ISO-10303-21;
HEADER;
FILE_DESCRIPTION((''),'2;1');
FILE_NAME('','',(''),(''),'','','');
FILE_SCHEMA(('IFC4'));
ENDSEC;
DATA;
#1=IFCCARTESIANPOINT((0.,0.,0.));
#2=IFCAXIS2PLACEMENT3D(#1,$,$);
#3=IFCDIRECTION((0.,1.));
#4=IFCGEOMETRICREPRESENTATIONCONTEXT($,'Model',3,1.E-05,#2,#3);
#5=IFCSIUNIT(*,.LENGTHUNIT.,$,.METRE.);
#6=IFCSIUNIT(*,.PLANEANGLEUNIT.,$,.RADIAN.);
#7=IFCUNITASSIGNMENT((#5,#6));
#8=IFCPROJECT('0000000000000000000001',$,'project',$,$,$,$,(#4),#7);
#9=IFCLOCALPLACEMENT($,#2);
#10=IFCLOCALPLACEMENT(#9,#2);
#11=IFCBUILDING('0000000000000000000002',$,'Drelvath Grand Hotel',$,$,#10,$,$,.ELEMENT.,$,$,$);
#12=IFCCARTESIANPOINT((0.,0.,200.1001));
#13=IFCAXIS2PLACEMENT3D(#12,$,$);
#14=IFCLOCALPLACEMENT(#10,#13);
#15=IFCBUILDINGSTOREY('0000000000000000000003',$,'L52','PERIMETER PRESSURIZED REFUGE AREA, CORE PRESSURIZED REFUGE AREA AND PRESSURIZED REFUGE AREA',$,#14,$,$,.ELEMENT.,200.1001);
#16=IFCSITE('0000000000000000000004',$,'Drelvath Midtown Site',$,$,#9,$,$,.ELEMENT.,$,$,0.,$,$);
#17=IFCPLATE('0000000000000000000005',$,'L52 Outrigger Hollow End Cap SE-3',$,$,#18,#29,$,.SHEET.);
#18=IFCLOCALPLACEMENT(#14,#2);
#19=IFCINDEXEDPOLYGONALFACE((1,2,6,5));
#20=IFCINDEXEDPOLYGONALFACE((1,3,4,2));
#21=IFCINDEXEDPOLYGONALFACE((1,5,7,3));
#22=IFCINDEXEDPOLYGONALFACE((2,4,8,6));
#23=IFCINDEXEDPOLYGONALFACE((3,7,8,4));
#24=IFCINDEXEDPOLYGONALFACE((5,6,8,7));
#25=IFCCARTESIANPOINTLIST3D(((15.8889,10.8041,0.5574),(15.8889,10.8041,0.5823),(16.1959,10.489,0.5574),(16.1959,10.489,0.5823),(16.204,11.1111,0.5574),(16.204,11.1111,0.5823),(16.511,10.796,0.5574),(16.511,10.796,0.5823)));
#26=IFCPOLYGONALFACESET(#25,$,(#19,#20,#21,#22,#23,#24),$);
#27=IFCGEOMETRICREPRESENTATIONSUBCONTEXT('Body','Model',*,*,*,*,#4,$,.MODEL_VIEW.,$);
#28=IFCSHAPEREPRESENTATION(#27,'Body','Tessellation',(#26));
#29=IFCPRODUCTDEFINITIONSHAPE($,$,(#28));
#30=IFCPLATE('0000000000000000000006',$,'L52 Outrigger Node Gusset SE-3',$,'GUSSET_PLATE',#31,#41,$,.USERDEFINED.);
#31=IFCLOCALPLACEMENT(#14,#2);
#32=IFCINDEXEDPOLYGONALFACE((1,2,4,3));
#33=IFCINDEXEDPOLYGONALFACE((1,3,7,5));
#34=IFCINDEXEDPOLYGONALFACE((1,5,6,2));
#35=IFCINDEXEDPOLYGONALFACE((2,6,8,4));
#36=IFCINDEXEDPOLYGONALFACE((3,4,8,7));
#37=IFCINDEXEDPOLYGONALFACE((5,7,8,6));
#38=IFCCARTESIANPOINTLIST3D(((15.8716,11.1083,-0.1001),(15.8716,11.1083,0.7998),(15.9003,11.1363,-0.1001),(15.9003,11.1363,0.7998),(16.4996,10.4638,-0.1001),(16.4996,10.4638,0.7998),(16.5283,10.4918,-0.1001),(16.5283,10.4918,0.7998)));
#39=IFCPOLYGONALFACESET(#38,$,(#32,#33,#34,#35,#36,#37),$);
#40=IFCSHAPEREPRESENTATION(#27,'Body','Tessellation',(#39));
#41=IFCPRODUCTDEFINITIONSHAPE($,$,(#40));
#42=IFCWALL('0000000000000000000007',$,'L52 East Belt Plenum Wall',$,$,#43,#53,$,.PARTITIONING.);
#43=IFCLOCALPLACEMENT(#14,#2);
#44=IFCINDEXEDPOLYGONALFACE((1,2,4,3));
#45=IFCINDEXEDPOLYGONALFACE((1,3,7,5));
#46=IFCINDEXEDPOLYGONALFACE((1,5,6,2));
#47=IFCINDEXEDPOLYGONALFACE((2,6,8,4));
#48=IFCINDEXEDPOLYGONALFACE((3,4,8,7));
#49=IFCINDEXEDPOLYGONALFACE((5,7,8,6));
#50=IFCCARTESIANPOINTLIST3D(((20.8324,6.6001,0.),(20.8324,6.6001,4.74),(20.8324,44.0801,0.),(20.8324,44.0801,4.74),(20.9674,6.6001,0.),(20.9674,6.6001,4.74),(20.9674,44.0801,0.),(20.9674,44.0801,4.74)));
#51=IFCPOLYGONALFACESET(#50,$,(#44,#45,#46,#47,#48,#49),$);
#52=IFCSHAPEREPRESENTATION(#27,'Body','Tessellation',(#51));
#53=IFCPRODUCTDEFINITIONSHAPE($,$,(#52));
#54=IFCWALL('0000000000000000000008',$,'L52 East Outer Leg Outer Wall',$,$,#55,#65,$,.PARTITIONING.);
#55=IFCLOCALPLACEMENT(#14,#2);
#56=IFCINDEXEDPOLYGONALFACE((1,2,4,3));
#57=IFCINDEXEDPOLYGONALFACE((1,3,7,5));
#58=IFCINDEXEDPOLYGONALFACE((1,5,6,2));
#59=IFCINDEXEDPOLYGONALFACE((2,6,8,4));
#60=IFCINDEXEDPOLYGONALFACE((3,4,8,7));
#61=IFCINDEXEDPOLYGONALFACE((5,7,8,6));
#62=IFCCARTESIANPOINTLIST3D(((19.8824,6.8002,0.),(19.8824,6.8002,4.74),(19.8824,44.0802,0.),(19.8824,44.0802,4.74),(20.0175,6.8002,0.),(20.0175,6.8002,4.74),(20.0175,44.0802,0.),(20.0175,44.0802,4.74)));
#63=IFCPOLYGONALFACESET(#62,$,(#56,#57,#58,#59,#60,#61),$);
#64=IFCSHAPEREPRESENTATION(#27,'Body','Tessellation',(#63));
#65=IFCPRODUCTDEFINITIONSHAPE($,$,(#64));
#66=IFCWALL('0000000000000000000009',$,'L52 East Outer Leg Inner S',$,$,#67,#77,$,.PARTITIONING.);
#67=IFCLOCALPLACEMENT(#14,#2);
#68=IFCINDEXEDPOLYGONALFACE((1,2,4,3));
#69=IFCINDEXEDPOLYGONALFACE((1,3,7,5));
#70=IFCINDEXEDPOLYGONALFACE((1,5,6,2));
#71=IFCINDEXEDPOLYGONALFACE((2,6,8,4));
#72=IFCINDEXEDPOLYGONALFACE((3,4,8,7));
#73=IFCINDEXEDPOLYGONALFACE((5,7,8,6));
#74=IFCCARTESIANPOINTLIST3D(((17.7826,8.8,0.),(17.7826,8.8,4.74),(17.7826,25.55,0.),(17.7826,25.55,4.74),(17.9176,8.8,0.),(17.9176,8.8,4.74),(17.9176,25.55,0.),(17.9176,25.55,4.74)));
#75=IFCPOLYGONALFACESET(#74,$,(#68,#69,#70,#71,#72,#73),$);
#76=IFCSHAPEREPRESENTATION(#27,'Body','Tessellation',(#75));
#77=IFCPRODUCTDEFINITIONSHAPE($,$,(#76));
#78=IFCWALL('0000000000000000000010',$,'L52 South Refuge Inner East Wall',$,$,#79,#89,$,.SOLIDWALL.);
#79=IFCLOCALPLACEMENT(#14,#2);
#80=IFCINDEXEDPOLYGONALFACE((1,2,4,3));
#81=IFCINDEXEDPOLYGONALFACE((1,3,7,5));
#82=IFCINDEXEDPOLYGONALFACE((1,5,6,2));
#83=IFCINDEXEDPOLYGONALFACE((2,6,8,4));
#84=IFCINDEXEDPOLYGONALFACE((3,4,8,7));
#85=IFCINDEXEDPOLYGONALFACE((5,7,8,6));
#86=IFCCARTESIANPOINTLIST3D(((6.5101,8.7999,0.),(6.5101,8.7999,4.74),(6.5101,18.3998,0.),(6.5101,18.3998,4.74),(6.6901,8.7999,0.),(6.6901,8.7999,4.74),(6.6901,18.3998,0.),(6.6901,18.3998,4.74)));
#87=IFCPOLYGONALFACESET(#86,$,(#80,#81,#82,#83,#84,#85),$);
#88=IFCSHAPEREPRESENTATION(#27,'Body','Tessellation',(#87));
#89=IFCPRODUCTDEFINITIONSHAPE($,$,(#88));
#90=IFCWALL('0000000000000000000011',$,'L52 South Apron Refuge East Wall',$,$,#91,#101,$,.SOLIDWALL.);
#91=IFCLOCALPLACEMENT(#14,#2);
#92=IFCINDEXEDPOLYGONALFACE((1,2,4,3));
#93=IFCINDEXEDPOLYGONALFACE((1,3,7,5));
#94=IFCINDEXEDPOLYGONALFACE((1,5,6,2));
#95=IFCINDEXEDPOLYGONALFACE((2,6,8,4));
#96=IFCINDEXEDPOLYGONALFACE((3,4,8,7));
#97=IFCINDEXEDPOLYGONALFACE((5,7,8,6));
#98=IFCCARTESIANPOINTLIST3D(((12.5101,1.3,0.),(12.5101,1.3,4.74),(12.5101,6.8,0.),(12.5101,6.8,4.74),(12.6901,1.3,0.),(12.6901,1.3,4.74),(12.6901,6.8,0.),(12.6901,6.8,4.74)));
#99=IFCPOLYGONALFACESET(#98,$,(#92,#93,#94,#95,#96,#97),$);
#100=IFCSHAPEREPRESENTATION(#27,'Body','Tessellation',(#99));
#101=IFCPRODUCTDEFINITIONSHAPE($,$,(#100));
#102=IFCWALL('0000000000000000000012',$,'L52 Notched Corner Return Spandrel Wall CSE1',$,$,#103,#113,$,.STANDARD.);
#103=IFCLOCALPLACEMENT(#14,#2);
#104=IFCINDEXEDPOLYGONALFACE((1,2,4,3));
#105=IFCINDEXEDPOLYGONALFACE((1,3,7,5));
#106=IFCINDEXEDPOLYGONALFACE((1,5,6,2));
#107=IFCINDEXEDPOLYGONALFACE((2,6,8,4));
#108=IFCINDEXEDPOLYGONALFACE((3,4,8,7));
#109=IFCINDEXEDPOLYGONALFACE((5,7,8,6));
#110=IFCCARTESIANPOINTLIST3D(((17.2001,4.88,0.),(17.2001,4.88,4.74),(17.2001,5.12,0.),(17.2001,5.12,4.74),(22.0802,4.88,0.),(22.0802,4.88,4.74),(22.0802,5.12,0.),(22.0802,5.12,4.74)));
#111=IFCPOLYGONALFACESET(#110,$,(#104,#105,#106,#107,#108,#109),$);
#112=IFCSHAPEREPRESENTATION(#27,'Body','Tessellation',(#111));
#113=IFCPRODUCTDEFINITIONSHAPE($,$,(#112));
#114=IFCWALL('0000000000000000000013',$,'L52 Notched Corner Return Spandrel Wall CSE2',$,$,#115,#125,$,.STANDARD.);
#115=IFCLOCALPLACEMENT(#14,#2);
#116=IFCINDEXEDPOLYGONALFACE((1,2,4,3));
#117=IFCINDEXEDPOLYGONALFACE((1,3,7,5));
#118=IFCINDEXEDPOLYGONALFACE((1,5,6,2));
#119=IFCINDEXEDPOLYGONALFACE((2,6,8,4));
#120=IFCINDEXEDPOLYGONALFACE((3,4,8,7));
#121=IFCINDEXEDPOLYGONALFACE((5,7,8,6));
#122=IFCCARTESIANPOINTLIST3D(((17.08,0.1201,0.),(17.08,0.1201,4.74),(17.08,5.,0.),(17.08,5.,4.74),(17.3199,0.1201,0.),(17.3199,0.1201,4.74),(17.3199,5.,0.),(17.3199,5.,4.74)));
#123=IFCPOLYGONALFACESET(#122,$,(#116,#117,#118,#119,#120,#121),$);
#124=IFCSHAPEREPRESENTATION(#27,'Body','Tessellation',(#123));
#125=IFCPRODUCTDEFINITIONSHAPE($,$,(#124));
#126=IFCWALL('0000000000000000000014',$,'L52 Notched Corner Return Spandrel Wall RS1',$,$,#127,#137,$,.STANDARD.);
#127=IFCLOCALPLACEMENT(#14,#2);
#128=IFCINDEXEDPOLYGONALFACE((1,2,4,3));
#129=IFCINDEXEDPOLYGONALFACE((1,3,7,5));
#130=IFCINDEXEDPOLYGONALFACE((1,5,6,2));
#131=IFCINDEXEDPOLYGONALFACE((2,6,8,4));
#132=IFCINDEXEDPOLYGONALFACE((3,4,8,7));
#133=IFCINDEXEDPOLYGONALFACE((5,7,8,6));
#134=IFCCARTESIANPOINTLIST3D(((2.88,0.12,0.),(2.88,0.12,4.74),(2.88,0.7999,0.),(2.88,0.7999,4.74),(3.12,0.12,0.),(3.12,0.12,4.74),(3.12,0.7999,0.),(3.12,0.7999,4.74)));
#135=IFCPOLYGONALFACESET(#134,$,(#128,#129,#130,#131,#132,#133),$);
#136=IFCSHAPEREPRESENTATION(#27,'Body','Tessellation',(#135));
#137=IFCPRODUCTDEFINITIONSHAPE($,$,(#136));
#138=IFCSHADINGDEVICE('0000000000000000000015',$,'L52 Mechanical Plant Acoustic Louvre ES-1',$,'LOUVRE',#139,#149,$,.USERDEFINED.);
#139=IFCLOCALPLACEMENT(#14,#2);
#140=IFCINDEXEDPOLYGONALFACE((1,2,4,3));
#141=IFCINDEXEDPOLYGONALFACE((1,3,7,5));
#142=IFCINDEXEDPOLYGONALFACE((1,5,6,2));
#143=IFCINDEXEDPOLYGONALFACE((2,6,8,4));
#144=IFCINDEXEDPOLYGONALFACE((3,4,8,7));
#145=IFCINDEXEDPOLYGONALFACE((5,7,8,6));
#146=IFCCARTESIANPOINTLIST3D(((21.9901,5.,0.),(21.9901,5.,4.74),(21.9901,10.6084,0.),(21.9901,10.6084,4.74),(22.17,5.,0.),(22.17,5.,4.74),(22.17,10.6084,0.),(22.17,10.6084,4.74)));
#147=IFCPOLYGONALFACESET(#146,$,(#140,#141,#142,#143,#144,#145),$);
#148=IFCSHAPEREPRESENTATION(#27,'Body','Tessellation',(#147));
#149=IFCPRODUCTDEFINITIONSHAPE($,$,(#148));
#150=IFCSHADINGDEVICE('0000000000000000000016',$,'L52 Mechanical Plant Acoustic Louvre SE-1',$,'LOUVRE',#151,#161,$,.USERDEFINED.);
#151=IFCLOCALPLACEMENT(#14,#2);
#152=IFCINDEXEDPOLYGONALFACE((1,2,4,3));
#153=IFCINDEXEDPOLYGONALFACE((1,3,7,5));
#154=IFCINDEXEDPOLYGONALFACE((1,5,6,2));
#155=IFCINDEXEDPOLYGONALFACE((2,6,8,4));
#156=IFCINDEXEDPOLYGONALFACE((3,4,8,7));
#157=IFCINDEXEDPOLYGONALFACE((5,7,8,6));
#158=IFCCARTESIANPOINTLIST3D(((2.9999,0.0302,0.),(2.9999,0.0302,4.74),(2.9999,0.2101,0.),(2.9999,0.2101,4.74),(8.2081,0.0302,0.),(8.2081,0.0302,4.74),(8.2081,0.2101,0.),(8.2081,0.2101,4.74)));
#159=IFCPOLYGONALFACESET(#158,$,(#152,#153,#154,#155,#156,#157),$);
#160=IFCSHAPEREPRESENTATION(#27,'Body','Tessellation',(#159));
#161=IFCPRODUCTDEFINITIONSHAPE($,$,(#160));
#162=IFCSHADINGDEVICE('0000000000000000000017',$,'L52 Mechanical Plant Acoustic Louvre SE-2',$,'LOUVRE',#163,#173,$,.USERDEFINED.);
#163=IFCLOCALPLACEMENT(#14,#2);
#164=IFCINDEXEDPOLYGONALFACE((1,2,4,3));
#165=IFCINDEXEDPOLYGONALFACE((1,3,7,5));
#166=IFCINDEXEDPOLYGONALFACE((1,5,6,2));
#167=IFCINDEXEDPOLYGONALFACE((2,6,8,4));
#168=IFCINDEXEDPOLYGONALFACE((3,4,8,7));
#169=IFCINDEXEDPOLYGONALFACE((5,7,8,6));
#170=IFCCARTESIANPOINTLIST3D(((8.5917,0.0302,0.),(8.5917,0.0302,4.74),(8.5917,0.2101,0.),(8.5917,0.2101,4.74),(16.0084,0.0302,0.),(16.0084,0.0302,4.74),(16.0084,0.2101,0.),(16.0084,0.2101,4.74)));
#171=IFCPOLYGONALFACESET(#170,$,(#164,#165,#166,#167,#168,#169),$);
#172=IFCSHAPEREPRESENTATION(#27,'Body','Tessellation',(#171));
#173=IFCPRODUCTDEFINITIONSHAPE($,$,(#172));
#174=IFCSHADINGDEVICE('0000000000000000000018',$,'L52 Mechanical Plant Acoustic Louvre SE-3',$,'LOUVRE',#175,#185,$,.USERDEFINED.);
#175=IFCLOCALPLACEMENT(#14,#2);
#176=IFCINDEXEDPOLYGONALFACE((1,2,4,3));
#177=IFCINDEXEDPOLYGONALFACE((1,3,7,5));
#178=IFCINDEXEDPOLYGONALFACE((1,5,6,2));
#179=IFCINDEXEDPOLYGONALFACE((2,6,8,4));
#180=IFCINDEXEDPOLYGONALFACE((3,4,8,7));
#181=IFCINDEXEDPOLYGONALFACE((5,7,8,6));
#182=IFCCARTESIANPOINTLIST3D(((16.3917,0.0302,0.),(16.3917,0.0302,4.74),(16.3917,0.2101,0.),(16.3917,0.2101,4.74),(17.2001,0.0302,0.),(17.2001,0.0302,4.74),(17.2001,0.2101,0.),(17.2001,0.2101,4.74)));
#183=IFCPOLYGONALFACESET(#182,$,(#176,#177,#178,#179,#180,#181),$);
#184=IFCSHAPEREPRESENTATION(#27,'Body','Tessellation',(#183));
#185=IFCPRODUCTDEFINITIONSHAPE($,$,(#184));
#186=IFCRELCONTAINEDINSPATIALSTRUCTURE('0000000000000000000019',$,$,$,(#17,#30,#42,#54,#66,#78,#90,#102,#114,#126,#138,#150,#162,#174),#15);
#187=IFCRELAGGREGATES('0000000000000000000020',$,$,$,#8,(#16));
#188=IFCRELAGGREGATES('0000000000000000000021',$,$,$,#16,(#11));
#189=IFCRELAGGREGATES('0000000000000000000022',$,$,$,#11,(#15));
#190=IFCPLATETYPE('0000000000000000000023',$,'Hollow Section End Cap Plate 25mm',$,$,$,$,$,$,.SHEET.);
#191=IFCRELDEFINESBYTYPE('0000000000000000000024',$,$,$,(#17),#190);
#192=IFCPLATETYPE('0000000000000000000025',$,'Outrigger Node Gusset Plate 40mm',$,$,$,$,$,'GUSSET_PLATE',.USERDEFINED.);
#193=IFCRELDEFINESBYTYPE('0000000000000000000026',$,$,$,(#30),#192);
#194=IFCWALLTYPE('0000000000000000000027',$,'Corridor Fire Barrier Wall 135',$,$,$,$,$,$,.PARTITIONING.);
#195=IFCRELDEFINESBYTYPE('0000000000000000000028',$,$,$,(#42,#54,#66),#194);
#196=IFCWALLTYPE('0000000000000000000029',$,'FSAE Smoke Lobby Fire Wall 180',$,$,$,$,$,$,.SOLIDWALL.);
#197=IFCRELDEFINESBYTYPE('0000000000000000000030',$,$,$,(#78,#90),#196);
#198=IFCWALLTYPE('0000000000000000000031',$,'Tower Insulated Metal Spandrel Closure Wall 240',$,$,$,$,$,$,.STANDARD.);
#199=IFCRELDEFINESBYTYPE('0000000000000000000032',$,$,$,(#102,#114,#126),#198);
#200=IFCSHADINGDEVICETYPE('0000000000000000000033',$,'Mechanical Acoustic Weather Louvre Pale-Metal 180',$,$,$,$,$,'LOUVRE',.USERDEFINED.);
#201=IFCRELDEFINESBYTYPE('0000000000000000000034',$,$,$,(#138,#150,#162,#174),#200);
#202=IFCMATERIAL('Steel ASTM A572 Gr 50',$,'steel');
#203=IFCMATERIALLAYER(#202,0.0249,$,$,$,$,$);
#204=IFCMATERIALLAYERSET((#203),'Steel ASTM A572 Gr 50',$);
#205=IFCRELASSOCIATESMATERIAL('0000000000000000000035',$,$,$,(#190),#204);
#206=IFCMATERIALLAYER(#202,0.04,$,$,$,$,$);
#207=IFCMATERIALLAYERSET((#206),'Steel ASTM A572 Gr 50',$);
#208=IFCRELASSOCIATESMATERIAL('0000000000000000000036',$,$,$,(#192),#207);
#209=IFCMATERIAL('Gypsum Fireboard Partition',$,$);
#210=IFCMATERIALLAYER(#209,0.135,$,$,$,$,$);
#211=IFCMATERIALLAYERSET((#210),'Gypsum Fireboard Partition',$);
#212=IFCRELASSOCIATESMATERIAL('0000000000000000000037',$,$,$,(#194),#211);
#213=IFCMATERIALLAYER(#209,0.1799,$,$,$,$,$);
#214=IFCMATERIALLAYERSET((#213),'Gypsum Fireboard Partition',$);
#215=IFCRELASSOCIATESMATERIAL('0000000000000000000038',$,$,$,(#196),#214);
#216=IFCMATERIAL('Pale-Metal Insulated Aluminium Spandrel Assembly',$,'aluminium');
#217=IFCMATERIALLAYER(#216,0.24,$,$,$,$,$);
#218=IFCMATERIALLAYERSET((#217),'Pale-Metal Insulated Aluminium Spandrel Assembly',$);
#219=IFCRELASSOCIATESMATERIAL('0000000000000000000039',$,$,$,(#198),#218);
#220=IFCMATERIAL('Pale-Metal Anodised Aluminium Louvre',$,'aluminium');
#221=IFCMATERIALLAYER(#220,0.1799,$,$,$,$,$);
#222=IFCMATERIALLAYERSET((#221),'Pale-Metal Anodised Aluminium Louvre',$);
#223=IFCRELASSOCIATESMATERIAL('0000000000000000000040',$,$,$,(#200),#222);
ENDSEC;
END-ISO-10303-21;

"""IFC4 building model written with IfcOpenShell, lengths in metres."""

from ifc_helpers import new_model, si_unit, direction, frame, frame_2d, origin, origin_2d, place, context, subcontext, project, spatial, rectangle, extrude, material, layer, layer_set, type_object, element, save


model = new_model("IFC4")

# Units and contexts
model_context = context("Model", 3, precision=1e-05, world=origin(), true_north=direction((0.0, 1.0)))
body_context = subcontext(model_context, "Body", "Model", "MODEL_VIEW")
ifc_project = project(units=[si_unit("LENGTHUNIT", "METRE"), si_unit("PLANEANGLEUNIT", "RADIAN")], contexts=[model_context])

# Site, building, storey
site_placement = place(None, origin())
site = spatial("IfcSite", under=ifc_project, at=site_placement, Name="Drelvath Midtown Site", CompositionType="ELEMENT", RefElevation=0.0)
building_placement = place(site_placement, origin())
building = spatial("IfcBuilding", under=site, at=building_placement, Name="Drelvath Grand Hotel", CompositionType="ELEMENT")
storey_placement = place(building_placement, frame((0.0, 0.0, 200.1001)))
storey = spatial("IfcBuildingStorey", under=building, at=storey_placement, Name="L52", Description="PERIMETER PRESSURIZED REFUGE AREA, CORE PRESSURIZED REFUGE AREA AND PRESSURIZED REFUGE AREA", CompositionType="ELEMENT", Elevation=200.1001)

# Shared definitions
ifc_material_1 = material(Name="Steel ASTM A572 Gr 50", Category="steel")

# Plates
ifc_layer_1 = layer(ifc_material_1, 0.0249)
ifc_layer_set_1 = layer_set([ifc_layer_1], Name="Steel ASTM A572 Gr 50")
plate_type_1 = type_object("IfcPlateType", Name="Hollow Section End Cap Plate 25mm", PredefinedType="SHEET", material=ifc_layer_set_1)
plate_1_placement = place(storey_placement, frame((16.2, 10.8, 0.5574), z_axis=(0.0, 0.0, 1.0), x_axis=(0.697865, -0.71623, 0.0)))
element("IfcPlate", 1, at=plate_1_placement, inside=storey, type_object=plate_type_1, Name="L52 Outrigger Hollow End Cap SE-3", PredefinedType="SHEET", context=body_context, shape_type="SweptSolid", body=[
    extrude(rectangle(XDim=0.4399, YDim=0.4399, at=origin_2d()), origin(), (0.0, 0.0, 1.0), 0.0249),
])
ifc_layer_2 = layer(ifc_material_1, 0.04)
ifc_layer_set_2 = layer_set([ifc_layer_2], Name="Steel ASTM A572 Gr 50")
plate_type_2 = type_object("IfcPlateType", Name="Outrigger Node Gusset Plate 40mm", ElementType="GUSSET_PLATE", PredefinedType="USERDEFINED", material=ifc_layer_set_2)
plate_2_placement = place(storey_placement, frame((16.2, 10.8, -0.1001), z_axis=(0.0, 0.0, 1.0), x_axis=(0.697865, -0.71623, 0.0)))
element("IfcPlate", 2, at=plate_2_placement, inside=storey, type_object=plate_type_2, Name="L52 Outrigger Node Gusset SE-3", ObjectType="GUSSET_PLATE", PredefinedType="USERDEFINED", context=body_context, shape_type="SweptSolid", body=[
    extrude(rectangle(XDim=0.8999, YDim=0.04, at=origin_2d()), origin(), (0.0, 0.0, 1.0), 0.8999),
])

# Walls
ifc_material_2 = material(Name="Gypsum Fireboard Partition")
ifc_layer_3 = layer(ifc_material_2, 0.135)
ifc_layer_set_3 = layer_set([ifc_layer_3], Name="Gypsum Fireboard Partition")
wall_type_1 = type_object("IfcWallType", Name="Corridor Fire Barrier Wall 135", PredefinedType="PARTITIONING", material=ifc_layer_set_3)
wall_1_placement = place(storey_placement, frame((20.8999, 6.6001, 0.0), z_axis=(0.0, 0.0, 1.0), x_axis=(0.0, 1.0, 0.0)))
element("IfcWall", 3, at=wall_1_placement, inside=storey, type_object=wall_type_1, Name="L52 East Belt Plenum Wall", PredefinedType="PARTITIONING", context=body_context, shape_type="SweptSolid", body=[
    extrude(rectangle(XDim=37.48, YDim=0.135, at=frame_2d((18.74, 0.0))), origin(), (0.0, 0.0, 1.0), 4.74),
])
wall_2_placement = place(storey_placement, frame((19.95, 6.8, 0.0), z_axis=(0.0, 0.0, 1.0), x_axis=(0.0, 1.0, 0.0)))
element("IfcWall", 4, at=wall_2_placement, inside=storey, type_object=wall_type_1, Name="L52 East Outer Leg Outer Wall", PredefinedType="PARTITIONING", context=body_context, shape_type="SweptSolid", body=[
    extrude(rectangle(XDim=37.28, YDim=0.135, at=frame_2d((18.6401, 0.0))), origin(), (0.0, 0.0, 1.0), 4.74),
])
wall_3_placement = place(storey_placement, frame((17.8501, 8.8, 0.0), z_axis=(0.0, 0.0, 1.0), x_axis=(0.0, 1.0, 0.0)))
element("IfcWall", 5, at=wall_3_placement, inside=storey, type_object=wall_type_1, Name="L52 East Outer Leg Inner S", PredefinedType="PARTITIONING", context=body_context, shape_type="SweptSolid", body=[
    extrude(rectangle(XDim=16.75, YDim=0.135, at=frame_2d((8.375, 0.0))), origin(), (0.0, 0.0, 1.0), 4.74),
])
ifc_layer_4 = layer(ifc_material_2, 0.1799)
ifc_layer_set_4 = layer_set([ifc_layer_4], Name="Gypsum Fireboard Partition")
wall_type_2 = type_object("IfcWallType", Name="FSAE Smoke Lobby Fire Wall 180", PredefinedType="SOLIDWALL", material=ifc_layer_set_4)
wall_4_placement = place(storey_placement, frame((6.6001, 8.8, 0.0), z_axis=(0.0, 0.0, 1.0), x_axis=(0.0, 1.0, 0.0)))
element("IfcWall", 6, at=wall_4_placement, inside=storey, type_object=wall_type_2, Name="L52 South Refuge Inner East Wall", PredefinedType="SOLIDWALL", context=body_context, shape_type="SweptSolid", body=[
    extrude(rectangle(XDim=9.5999, YDim=0.1799, at=frame_2d((4.7998, 0.0))), origin(), (0.0, 0.0, 1.0), 4.74),
])
wall_5_placement = place(storey_placement, frame((12.6001, 1.3, 0.0), z_axis=(0.0, 0.0, 1.0), x_axis=(0.0, 1.0, 0.0)))
element("IfcWall", 7, at=wall_5_placement, inside=storey, type_object=wall_type_2, Name="L52 South Apron Refuge East Wall", PredefinedType="SOLIDWALL", context=body_context, shape_type="SweptSolid", body=[
    extrude(rectangle(XDim=5.5, YDim=0.1799, at=frame_2d((2.75, 0.0))), origin(), (0.0, 0.0, 1.0), 4.74),
])
ifc_material_3 = material(Name="Pale-Metal Insulated Aluminium Spandrel Assembly", Category="aluminium")
ifc_layer_5 = layer(ifc_material_3, 0.24)
ifc_layer_set_5 = layer_set([ifc_layer_5], Name="Pale-Metal Insulated Aluminium Spandrel Assembly")
wall_type_3 = type_object("IfcWallType", Name="Tower Insulated Metal Spandrel Closure Wall 240", PredefinedType="STANDARD", material=ifc_layer_set_5)
wall_6_placement = place(storey_placement, frame((22.0801, 5.0, 0.0), z_axis=(0.0, 0.0, 1.0), x_axis=(-1.0, 0.0, 0.0)))
element("IfcWall", 8, at=wall_6_placement, inside=storey, type_object=wall_type_3, Name="L52 Notched Corner Return Spandrel Wall CSE1", PredefinedType="STANDARD", context=body_context, shape_type="SweptSolid", body=[
    extrude(rectangle(XDim=4.8801, YDim=0.24, at=frame_2d((2.4399, 0.0))), origin(), (0.0, 0.0, 1.0), 4.74),
])
wall_7_placement = place(storey_placement, frame((17.2, 5.0, 0.0), z_axis=(0.0, 0.0, 1.0), x_axis=(0.0, -1.0, 0.0)))
element("IfcWall", 9, at=wall_7_placement, inside=storey, type_object=wall_type_3, Name="L52 Notched Corner Return Spandrel Wall CSE2", PredefinedType="STANDARD", context=body_context, shape_type="SweptSolid", body=[
    extrude(rectangle(XDim=4.8799, YDim=0.24, at=frame_2d((2.4399, 0.0))), origin(), (0.0, 0.0, 1.0), 4.74),
])
wall_8_placement = place(storey_placement, frame((3.0, 0.1201, 0.0), z_axis=(0.0, 0.0, 1.0), x_axis=(0.0, 1.0, 0.0)))
element("IfcWall", 10, at=wall_8_placement, inside=storey, type_object=wall_type_3, Name="L52 Notched Corner Return Spandrel Wall RS1", PredefinedType="STANDARD", context=body_context, shape_type="SweptSolid", body=[
    extrude(rectangle(XDim=0.6799, YDim=0.24, at=frame_2d((0.3398, 0.0))), origin(), (0.0, 0.0, 1.0), 4.74),
])

# Shading devices
ifc_material_4 = material(Name="Pale-Metal Anodised Aluminium Louvre", Category="aluminium")
ifc_layer_6 = layer(ifc_material_4, 0.1799)
ifc_layer_set_6 = layer_set([ifc_layer_6], Name="Pale-Metal Anodised Aluminium Louvre")
shading_device_type = type_object("IfcShadingDeviceType", Name="Mechanical Acoustic Weather Louvre Pale-Metal 180", ElementType="LOUVRE", PredefinedType="USERDEFINED", material=ifc_layer_set_6)
shading_device_1_placement = place(storey_placement, frame((22.0801, 7.8042, 0.0), z_axis=(0.0, 0.0, 1.0), x_axis=(0.0, 1.0, 0.0)))
element("IfcShadingDevice", 11, at=shading_device_1_placement, inside=storey, type_object=shading_device_type, Name="L52 Mechanical Plant Acoustic Louvre ES-1", ObjectType="LOUVRE", PredefinedType="USERDEFINED", context=body_context, shape_type="SweptSolid", body=[
    extrude(rectangle(XDim=5.6084, YDim=0.1799, at=origin_2d()), origin(), (0.0, 0.0, 1.0), 4.74),
])
shading_device_2_placement = place(storey_placement, frame((5.604, 0.1201, 0.0), z_axis=(0.0, 0.0, 1.0), x_axis=(1.0, 0.0, 0.0)))
element("IfcShadingDevice", 12, at=shading_device_2_placement, inside=storey, type_object=shading_device_type, Name="L52 Mechanical Plant Acoustic Louvre SE-1", ObjectType="LOUVRE", PredefinedType="USERDEFINED", context=body_context, shape_type="SweptSolid", body=[
    extrude(rectangle(XDim=5.2083, YDim=0.1799, at=origin_2d()), origin(), (0.0, 0.0, 1.0), 4.74),
])
shading_device_3_placement = place(storey_placement, frame((12.3, 0.1201, 0.0), z_axis=(0.0, 0.0, 1.0), x_axis=(1.0, 0.0, 0.0)))
element("IfcShadingDevice", 13, at=shading_device_3_placement, inside=storey, type_object=shading_device_type, Name="L52 Mechanical Plant Acoustic Louvre SE-2", ObjectType="LOUVRE", PredefinedType="USERDEFINED", context=body_context, shape_type="SweptSolid", body=[
    extrude(rectangle(XDim=7.4167, YDim=0.1799, at=origin_2d()), origin(), (0.0, 0.0, 1.0), 4.74),
])
shading_device_4_placement = place(storey_placement, frame((16.7959, 0.1201, 0.0), z_axis=(0.0, 0.0, 1.0), x_axis=(1.0, 0.0, 0.0)))
element("IfcShadingDevice", 14, at=shading_device_4_placement, inside=storey, type_object=shading_device_type, Name="L52 Mechanical Plant Acoustic Louvre SE-3", ObjectType="LOUVRE", PredefinedType="USERDEFINED", context=body_context, shape_type="SweptSolid", body=[
    extrude(rectangle(XDim=0.8083, YDim=0.1799, at=origin_2d()), origin(), (0.0, 0.0, 1.0), 4.74),
])

save(model, "model.ifc")
